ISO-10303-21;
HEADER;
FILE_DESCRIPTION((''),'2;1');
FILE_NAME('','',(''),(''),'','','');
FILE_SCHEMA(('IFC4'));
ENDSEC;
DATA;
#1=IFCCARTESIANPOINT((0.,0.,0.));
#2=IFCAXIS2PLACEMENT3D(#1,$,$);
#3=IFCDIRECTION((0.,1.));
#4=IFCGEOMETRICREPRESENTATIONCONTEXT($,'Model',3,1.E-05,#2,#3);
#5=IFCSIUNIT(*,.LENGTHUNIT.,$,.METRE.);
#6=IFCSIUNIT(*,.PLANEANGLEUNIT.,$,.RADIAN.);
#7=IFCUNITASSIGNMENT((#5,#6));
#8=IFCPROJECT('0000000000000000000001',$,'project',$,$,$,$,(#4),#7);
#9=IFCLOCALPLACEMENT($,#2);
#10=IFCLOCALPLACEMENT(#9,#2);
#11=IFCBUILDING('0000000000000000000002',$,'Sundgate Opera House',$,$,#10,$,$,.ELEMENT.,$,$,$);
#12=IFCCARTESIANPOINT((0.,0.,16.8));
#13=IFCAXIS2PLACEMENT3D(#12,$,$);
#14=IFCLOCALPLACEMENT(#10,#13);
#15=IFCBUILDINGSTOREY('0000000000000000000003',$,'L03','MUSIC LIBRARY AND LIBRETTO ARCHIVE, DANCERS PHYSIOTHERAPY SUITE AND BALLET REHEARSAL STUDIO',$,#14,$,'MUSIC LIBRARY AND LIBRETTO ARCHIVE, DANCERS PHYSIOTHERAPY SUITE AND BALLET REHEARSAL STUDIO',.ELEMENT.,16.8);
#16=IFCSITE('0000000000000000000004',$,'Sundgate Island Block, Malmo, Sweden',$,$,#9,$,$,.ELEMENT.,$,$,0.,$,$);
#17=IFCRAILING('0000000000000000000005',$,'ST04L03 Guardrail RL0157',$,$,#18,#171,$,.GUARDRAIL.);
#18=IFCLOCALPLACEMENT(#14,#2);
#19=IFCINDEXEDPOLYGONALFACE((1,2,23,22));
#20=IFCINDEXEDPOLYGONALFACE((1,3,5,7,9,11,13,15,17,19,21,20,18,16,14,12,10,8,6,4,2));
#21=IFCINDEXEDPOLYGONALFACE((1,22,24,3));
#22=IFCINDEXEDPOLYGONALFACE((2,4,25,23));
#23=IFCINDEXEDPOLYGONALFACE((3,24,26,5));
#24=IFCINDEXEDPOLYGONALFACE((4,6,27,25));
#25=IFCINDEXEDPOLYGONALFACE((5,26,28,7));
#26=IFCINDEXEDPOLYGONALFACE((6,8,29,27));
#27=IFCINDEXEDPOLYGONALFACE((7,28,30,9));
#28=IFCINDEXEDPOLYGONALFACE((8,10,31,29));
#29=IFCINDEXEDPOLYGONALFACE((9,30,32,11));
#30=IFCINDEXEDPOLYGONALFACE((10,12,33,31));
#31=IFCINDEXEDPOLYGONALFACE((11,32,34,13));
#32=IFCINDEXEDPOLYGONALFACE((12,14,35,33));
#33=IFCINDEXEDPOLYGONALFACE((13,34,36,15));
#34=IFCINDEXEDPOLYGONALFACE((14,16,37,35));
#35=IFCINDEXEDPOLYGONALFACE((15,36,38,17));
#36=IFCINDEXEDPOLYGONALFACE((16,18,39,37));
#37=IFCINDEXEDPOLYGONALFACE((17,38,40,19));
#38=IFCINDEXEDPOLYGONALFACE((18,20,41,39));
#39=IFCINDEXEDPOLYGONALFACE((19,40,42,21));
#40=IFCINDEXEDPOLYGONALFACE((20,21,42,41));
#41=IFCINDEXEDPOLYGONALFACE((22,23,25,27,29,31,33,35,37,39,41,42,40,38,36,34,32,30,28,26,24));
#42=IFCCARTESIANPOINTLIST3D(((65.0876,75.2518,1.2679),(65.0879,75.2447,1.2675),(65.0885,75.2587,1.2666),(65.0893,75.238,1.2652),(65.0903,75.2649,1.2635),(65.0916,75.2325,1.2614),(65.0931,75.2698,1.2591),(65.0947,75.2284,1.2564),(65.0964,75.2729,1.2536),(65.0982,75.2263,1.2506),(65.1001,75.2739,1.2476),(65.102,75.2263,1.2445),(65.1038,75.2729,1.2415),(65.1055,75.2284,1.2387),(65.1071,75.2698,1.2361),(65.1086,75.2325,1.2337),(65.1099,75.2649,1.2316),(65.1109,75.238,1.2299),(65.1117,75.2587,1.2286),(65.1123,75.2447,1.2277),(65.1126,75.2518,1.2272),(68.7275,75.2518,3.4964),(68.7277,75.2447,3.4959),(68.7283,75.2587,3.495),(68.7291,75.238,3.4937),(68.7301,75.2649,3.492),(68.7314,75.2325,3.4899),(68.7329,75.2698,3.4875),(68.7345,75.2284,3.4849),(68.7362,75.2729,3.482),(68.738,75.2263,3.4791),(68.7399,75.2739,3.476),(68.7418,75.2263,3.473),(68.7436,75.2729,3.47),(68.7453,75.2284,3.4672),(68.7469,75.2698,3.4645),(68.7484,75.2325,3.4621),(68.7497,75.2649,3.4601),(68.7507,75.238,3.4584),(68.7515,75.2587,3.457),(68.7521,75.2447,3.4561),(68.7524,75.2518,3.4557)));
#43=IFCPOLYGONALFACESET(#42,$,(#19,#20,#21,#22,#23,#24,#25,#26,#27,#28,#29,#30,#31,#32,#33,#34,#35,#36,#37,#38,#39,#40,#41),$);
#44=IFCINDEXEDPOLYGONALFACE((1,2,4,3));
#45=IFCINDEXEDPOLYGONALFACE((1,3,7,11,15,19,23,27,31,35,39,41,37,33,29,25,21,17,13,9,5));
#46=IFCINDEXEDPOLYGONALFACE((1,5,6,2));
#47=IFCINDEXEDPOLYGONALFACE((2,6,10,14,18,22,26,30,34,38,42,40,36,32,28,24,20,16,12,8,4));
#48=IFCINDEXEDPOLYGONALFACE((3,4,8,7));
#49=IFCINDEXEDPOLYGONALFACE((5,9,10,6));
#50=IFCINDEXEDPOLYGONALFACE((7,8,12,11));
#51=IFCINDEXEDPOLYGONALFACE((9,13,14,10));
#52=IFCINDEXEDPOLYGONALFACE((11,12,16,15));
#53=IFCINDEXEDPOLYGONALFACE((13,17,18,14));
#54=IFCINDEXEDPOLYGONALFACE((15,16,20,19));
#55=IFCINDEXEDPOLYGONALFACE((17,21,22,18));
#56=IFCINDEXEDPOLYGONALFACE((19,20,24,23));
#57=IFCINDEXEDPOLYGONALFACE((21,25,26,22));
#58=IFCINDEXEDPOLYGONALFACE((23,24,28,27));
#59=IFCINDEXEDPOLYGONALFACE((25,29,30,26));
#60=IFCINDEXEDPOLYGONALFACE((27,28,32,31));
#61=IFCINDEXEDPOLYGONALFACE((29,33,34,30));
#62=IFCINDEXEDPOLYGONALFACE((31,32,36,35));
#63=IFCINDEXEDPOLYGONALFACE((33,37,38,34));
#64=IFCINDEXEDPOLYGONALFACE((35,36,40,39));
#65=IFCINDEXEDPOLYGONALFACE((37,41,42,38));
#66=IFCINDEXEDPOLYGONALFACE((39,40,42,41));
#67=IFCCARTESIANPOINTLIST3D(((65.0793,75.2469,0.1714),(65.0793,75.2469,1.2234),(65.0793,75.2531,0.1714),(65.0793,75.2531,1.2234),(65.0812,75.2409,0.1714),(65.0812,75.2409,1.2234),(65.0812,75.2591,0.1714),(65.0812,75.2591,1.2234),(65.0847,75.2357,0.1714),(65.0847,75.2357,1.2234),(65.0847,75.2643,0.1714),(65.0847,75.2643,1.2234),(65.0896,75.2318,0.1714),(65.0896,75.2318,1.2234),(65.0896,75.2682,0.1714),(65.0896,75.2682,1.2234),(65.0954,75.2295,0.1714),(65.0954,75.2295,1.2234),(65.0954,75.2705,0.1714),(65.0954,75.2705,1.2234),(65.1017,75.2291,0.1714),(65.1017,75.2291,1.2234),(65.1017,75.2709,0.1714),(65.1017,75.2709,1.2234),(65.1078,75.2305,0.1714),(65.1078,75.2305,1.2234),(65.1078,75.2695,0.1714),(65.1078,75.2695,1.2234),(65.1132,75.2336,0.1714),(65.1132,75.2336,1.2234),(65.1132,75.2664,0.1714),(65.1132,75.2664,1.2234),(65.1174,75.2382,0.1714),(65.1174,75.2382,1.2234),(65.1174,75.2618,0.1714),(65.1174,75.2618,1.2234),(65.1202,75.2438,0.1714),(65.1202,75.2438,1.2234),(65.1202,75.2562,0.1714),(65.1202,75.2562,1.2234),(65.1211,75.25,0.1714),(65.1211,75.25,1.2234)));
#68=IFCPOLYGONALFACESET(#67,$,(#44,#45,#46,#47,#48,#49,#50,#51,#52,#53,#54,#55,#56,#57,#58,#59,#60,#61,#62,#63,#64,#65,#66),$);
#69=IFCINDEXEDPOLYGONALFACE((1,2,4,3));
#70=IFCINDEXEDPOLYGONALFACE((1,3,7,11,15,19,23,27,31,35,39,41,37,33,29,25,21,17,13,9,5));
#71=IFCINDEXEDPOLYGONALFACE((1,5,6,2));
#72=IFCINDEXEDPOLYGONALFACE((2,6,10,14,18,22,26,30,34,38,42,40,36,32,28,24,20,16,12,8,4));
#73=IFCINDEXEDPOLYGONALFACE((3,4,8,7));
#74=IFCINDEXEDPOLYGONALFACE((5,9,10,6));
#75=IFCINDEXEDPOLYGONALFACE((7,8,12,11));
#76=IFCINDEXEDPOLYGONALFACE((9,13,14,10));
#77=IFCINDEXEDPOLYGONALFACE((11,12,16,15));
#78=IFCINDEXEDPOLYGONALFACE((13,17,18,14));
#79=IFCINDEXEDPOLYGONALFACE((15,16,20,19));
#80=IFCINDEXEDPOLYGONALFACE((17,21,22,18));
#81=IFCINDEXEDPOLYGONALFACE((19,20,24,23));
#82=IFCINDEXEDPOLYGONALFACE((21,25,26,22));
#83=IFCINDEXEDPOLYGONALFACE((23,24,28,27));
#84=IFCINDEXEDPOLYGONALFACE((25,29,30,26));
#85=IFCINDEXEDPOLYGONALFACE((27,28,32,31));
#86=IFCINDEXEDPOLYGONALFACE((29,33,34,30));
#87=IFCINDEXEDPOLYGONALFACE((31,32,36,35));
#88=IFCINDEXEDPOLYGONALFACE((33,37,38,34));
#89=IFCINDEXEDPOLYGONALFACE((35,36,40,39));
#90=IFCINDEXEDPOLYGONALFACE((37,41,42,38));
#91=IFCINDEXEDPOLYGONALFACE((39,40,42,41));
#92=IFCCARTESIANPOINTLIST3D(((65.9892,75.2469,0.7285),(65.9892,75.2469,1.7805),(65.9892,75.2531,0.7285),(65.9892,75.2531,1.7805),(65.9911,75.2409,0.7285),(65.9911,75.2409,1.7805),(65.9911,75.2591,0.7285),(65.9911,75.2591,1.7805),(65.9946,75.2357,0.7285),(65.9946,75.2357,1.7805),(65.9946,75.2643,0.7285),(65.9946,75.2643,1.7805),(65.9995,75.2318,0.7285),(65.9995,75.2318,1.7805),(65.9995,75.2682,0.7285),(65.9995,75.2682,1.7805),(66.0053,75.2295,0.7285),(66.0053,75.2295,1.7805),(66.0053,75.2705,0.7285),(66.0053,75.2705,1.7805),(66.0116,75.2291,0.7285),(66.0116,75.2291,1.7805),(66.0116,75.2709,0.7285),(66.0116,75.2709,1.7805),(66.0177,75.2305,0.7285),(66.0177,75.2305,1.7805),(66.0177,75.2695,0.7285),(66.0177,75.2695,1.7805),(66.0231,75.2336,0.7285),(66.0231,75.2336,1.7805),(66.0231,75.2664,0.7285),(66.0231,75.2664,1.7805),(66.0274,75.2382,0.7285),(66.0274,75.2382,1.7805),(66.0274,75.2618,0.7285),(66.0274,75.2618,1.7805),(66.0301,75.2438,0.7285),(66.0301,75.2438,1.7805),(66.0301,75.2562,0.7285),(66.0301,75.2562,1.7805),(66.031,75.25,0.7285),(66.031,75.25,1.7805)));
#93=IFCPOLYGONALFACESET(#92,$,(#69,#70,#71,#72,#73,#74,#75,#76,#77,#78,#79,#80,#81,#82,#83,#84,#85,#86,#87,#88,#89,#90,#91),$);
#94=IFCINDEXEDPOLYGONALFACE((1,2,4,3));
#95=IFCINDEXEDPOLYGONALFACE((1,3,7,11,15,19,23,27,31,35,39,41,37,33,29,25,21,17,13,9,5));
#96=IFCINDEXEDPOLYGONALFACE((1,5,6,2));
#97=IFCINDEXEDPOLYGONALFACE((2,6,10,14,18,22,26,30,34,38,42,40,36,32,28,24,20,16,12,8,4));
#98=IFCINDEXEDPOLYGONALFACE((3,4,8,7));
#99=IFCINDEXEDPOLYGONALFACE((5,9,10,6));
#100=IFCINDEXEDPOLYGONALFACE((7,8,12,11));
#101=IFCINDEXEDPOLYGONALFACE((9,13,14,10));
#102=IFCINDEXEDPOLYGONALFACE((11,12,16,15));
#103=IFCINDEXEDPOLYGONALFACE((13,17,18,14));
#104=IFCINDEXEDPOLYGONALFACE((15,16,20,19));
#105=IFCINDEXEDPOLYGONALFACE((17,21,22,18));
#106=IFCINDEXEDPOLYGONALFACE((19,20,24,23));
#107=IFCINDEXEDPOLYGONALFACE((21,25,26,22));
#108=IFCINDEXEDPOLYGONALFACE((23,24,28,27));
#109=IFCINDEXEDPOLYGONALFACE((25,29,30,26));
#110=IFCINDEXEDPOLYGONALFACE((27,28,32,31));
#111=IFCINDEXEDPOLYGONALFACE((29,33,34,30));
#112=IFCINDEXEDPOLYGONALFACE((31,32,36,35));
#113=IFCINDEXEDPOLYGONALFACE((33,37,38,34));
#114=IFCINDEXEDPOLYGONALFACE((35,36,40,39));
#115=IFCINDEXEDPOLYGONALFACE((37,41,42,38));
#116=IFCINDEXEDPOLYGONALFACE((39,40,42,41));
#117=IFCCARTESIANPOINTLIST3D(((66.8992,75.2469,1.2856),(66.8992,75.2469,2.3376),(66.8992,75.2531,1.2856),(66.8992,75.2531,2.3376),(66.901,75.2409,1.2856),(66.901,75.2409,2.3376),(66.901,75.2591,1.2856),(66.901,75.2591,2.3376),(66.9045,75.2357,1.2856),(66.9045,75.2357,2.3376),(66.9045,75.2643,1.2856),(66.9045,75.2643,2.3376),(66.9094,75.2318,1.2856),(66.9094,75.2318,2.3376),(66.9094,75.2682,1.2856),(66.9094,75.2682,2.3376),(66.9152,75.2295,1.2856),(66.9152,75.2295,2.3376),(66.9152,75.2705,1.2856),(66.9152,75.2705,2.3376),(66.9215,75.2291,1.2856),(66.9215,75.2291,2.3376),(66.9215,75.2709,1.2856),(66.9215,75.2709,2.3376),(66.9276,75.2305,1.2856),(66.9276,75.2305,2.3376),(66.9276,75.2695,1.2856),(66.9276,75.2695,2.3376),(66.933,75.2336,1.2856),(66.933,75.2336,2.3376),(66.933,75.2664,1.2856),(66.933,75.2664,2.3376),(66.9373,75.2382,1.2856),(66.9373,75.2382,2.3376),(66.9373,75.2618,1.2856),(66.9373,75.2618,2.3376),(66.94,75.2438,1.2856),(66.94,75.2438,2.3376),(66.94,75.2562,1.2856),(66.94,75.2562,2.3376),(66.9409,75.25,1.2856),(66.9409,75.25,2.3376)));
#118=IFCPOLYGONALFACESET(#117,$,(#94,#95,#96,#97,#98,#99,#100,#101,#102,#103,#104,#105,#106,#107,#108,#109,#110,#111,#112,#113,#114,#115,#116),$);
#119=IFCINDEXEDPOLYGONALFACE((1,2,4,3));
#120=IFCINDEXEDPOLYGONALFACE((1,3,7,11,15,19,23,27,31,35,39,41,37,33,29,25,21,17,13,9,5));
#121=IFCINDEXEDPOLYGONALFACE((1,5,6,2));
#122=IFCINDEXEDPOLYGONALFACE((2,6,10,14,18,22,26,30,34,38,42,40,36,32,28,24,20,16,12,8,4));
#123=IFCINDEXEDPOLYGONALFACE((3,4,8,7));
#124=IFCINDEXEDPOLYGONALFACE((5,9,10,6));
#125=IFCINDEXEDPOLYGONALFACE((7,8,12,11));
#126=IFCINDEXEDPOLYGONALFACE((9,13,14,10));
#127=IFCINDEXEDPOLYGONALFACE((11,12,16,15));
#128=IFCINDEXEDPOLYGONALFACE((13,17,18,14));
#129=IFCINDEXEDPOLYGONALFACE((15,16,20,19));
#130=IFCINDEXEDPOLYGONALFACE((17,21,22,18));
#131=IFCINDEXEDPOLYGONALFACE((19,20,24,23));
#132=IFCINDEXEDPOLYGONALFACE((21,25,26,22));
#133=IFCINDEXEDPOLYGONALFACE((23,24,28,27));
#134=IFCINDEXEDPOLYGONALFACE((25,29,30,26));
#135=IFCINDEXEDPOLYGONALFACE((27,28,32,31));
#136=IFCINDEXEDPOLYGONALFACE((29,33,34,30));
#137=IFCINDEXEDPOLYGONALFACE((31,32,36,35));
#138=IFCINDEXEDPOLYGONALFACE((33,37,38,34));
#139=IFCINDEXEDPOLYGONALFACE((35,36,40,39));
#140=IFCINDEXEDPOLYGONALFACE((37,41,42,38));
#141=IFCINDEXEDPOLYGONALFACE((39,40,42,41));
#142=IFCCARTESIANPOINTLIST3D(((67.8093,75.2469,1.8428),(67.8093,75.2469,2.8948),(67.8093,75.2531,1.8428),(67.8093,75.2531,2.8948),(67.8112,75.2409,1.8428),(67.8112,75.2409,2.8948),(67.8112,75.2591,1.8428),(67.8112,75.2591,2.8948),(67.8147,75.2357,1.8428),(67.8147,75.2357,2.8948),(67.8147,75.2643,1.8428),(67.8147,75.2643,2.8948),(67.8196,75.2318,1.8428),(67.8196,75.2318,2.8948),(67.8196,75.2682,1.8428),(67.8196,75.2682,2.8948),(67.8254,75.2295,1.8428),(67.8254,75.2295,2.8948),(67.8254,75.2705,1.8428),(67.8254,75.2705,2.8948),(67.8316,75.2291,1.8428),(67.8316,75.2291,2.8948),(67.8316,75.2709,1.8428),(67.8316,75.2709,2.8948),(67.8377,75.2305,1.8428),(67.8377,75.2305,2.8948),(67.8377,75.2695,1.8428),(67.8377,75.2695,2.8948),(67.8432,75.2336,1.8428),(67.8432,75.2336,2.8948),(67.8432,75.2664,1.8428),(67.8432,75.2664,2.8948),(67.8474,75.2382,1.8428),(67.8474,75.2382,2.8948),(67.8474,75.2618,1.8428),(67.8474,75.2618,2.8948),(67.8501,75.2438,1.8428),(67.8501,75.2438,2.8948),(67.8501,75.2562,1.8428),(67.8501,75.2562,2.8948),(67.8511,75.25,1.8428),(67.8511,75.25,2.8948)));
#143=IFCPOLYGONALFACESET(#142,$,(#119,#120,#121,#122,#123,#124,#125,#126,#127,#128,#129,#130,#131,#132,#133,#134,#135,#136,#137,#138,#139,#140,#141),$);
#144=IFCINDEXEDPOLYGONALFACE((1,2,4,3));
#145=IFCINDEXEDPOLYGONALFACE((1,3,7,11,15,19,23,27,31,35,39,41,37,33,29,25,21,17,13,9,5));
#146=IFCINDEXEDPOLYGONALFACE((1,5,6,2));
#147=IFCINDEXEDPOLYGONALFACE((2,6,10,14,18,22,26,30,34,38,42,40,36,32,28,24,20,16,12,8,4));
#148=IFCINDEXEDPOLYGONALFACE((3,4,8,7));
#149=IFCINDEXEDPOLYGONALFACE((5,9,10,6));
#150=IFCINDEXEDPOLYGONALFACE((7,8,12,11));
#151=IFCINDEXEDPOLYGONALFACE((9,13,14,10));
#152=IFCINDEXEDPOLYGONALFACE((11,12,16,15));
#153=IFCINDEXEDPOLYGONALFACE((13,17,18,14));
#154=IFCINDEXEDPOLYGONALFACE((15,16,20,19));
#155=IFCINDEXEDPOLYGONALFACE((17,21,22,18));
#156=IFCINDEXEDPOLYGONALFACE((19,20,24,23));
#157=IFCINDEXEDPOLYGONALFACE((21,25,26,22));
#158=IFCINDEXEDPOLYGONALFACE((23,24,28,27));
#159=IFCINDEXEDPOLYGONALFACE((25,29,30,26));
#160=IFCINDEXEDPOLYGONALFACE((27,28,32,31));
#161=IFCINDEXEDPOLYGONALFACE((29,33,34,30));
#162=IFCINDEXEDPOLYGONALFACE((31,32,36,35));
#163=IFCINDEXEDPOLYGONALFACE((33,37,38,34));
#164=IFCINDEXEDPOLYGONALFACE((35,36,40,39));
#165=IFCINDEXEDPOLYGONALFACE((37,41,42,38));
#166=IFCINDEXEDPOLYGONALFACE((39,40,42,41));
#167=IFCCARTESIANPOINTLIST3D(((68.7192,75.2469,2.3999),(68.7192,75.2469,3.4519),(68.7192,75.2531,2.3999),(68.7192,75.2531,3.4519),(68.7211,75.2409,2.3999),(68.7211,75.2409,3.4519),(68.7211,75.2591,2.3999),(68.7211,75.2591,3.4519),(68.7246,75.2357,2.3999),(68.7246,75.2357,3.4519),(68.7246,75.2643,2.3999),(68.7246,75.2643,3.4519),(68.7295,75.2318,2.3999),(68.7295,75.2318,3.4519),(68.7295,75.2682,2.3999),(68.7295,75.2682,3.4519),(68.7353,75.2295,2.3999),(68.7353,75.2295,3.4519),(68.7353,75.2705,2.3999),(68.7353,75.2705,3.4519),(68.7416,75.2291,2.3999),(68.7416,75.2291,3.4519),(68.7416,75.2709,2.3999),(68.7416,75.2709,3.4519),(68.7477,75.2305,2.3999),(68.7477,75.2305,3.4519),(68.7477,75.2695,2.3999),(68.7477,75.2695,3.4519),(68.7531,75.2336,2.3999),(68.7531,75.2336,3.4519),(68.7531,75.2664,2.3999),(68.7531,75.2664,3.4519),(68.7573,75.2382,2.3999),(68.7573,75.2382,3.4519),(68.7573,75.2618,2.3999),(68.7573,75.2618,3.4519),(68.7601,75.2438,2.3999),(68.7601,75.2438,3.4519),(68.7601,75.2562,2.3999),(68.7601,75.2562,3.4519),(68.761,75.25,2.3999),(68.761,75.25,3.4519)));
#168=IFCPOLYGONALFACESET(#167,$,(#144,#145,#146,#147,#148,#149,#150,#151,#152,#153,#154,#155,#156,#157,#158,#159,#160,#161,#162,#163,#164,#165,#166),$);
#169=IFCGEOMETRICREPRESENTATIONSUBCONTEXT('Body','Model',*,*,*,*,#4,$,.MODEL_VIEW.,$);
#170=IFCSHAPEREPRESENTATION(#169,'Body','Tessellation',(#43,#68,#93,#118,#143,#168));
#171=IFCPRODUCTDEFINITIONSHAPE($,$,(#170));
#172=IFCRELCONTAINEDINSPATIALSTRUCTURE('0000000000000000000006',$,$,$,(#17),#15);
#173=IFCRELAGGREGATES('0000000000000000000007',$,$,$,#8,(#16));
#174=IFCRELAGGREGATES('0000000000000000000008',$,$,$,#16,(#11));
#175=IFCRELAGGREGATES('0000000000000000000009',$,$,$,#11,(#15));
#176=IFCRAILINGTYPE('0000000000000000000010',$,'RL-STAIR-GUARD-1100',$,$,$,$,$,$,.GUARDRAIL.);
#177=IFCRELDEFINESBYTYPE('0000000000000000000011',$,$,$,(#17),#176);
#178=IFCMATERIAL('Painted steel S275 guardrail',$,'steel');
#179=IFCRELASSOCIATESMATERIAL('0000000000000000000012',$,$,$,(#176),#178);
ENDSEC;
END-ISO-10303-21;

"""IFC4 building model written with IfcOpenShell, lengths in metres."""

from ifc_helpers import new_model, si_unit, direction, frame, origin, origin_2d, place, context, subcontext, project, spatial, circle, extrude, material, type_object, element, save


model = new_model("IFC4")

# Units and contexts
model_context = context("Model", 3, precision=1e-05, world=origin(), true_north=direction((0.0, 1.0)))
body_context = subcontext(model_context, "Body", "Model", "MODEL_VIEW")
ifc_project = project(units=[si_unit("LENGTHUNIT", "METRE"), si_unit("PLANEANGLEUNIT", "RADIAN")], contexts=[model_context])

# Site, building, storey
site_placement = place(None, origin())
site = spatial("IfcSite", under=ifc_project, at=site_placement, Name="Sundgate Island Block, Malmo, Sweden", CompositionType="ELEMENT", RefElevation=0.0)
building_placement = place(site_placement, origin())
building = spatial("IfcBuilding", under=site, at=building_placement, Name="Sundgate Opera House", CompositionType="ELEMENT")
storey_placement = place(building_placement, frame((0.0, 0.0, 16.8)))
storey = spatial("IfcBuildingStorey", under=building, at=storey_placement, Name="L03", Description="MUSIC LIBRARY AND LIBRETTO ARCHIVE, DANCERS PHYSIOTHERAPY SUITE AND BALLET REHEARSAL STUDIO", LongName="MUSIC LIBRARY AND LIBRETTO ARCHIVE, DANCERS PHYSIOTHERAPY SUITE AND BALLET REHEARSAL STUDIO", CompositionType="ELEMENT", Elevation=16.8)

# Railing
ifc_material_1 = material(Name="Painted steel S275 guardrail", Category="steel")
railing_type_1 = type_object("IfcRailingType", Name="RL-STAIR-GUARD-1100", PredefinedType="GUARDRAIL", material=ifc_material_1)
railing_1_placement = place(storey_placement, frame((65.1001, 75.25, 0.1714)))
element("IfcRailing", 1, at=railing_1_placement, inside=storey, type_object=railing_type_1, Name="ST04L03 Guardrail RL0157", PredefinedType="GUARDRAIL", context=body_context, shape_type="SweptSolid", body=[
    extrude(circle(Radius=0.0239, at=origin_2d()), frame((0.0, 0.0, 1.0762), z_axis=(0.85285, 0.0, 0.522156), x_axis=(0.0, 1.0, 0.0)), (0.0, 0.0, 1.0), 4.2678),
    extrude(circle(Radius=0.021, at=origin_2d()), origin(), (0.0, 0.0, 1.0), 1.052),
    extrude(circle(Radius=0.021, at=origin_2d()), frame((0.9099, 0.0, 0.5571)), (0.0, 0.0, 1.0), 1.052),
    extrude(circle(Radius=0.021, at=origin_2d()), frame((1.8198, 0.0, 1.1143)), (0.0, 0.0, 1.0), 1.052),
    extrude(circle(Radius=0.021, at=origin_2d()), frame((2.73, 0.0, 1.6714)), (0.0, 0.0, 1.0), 1.052),
    extrude(circle(Radius=0.021, at=origin_2d()), frame((3.6399, 0.0, 2.2285)), (0.0, 0.0, 1.0), 1.052),
])

save(model, "model.ifc")
